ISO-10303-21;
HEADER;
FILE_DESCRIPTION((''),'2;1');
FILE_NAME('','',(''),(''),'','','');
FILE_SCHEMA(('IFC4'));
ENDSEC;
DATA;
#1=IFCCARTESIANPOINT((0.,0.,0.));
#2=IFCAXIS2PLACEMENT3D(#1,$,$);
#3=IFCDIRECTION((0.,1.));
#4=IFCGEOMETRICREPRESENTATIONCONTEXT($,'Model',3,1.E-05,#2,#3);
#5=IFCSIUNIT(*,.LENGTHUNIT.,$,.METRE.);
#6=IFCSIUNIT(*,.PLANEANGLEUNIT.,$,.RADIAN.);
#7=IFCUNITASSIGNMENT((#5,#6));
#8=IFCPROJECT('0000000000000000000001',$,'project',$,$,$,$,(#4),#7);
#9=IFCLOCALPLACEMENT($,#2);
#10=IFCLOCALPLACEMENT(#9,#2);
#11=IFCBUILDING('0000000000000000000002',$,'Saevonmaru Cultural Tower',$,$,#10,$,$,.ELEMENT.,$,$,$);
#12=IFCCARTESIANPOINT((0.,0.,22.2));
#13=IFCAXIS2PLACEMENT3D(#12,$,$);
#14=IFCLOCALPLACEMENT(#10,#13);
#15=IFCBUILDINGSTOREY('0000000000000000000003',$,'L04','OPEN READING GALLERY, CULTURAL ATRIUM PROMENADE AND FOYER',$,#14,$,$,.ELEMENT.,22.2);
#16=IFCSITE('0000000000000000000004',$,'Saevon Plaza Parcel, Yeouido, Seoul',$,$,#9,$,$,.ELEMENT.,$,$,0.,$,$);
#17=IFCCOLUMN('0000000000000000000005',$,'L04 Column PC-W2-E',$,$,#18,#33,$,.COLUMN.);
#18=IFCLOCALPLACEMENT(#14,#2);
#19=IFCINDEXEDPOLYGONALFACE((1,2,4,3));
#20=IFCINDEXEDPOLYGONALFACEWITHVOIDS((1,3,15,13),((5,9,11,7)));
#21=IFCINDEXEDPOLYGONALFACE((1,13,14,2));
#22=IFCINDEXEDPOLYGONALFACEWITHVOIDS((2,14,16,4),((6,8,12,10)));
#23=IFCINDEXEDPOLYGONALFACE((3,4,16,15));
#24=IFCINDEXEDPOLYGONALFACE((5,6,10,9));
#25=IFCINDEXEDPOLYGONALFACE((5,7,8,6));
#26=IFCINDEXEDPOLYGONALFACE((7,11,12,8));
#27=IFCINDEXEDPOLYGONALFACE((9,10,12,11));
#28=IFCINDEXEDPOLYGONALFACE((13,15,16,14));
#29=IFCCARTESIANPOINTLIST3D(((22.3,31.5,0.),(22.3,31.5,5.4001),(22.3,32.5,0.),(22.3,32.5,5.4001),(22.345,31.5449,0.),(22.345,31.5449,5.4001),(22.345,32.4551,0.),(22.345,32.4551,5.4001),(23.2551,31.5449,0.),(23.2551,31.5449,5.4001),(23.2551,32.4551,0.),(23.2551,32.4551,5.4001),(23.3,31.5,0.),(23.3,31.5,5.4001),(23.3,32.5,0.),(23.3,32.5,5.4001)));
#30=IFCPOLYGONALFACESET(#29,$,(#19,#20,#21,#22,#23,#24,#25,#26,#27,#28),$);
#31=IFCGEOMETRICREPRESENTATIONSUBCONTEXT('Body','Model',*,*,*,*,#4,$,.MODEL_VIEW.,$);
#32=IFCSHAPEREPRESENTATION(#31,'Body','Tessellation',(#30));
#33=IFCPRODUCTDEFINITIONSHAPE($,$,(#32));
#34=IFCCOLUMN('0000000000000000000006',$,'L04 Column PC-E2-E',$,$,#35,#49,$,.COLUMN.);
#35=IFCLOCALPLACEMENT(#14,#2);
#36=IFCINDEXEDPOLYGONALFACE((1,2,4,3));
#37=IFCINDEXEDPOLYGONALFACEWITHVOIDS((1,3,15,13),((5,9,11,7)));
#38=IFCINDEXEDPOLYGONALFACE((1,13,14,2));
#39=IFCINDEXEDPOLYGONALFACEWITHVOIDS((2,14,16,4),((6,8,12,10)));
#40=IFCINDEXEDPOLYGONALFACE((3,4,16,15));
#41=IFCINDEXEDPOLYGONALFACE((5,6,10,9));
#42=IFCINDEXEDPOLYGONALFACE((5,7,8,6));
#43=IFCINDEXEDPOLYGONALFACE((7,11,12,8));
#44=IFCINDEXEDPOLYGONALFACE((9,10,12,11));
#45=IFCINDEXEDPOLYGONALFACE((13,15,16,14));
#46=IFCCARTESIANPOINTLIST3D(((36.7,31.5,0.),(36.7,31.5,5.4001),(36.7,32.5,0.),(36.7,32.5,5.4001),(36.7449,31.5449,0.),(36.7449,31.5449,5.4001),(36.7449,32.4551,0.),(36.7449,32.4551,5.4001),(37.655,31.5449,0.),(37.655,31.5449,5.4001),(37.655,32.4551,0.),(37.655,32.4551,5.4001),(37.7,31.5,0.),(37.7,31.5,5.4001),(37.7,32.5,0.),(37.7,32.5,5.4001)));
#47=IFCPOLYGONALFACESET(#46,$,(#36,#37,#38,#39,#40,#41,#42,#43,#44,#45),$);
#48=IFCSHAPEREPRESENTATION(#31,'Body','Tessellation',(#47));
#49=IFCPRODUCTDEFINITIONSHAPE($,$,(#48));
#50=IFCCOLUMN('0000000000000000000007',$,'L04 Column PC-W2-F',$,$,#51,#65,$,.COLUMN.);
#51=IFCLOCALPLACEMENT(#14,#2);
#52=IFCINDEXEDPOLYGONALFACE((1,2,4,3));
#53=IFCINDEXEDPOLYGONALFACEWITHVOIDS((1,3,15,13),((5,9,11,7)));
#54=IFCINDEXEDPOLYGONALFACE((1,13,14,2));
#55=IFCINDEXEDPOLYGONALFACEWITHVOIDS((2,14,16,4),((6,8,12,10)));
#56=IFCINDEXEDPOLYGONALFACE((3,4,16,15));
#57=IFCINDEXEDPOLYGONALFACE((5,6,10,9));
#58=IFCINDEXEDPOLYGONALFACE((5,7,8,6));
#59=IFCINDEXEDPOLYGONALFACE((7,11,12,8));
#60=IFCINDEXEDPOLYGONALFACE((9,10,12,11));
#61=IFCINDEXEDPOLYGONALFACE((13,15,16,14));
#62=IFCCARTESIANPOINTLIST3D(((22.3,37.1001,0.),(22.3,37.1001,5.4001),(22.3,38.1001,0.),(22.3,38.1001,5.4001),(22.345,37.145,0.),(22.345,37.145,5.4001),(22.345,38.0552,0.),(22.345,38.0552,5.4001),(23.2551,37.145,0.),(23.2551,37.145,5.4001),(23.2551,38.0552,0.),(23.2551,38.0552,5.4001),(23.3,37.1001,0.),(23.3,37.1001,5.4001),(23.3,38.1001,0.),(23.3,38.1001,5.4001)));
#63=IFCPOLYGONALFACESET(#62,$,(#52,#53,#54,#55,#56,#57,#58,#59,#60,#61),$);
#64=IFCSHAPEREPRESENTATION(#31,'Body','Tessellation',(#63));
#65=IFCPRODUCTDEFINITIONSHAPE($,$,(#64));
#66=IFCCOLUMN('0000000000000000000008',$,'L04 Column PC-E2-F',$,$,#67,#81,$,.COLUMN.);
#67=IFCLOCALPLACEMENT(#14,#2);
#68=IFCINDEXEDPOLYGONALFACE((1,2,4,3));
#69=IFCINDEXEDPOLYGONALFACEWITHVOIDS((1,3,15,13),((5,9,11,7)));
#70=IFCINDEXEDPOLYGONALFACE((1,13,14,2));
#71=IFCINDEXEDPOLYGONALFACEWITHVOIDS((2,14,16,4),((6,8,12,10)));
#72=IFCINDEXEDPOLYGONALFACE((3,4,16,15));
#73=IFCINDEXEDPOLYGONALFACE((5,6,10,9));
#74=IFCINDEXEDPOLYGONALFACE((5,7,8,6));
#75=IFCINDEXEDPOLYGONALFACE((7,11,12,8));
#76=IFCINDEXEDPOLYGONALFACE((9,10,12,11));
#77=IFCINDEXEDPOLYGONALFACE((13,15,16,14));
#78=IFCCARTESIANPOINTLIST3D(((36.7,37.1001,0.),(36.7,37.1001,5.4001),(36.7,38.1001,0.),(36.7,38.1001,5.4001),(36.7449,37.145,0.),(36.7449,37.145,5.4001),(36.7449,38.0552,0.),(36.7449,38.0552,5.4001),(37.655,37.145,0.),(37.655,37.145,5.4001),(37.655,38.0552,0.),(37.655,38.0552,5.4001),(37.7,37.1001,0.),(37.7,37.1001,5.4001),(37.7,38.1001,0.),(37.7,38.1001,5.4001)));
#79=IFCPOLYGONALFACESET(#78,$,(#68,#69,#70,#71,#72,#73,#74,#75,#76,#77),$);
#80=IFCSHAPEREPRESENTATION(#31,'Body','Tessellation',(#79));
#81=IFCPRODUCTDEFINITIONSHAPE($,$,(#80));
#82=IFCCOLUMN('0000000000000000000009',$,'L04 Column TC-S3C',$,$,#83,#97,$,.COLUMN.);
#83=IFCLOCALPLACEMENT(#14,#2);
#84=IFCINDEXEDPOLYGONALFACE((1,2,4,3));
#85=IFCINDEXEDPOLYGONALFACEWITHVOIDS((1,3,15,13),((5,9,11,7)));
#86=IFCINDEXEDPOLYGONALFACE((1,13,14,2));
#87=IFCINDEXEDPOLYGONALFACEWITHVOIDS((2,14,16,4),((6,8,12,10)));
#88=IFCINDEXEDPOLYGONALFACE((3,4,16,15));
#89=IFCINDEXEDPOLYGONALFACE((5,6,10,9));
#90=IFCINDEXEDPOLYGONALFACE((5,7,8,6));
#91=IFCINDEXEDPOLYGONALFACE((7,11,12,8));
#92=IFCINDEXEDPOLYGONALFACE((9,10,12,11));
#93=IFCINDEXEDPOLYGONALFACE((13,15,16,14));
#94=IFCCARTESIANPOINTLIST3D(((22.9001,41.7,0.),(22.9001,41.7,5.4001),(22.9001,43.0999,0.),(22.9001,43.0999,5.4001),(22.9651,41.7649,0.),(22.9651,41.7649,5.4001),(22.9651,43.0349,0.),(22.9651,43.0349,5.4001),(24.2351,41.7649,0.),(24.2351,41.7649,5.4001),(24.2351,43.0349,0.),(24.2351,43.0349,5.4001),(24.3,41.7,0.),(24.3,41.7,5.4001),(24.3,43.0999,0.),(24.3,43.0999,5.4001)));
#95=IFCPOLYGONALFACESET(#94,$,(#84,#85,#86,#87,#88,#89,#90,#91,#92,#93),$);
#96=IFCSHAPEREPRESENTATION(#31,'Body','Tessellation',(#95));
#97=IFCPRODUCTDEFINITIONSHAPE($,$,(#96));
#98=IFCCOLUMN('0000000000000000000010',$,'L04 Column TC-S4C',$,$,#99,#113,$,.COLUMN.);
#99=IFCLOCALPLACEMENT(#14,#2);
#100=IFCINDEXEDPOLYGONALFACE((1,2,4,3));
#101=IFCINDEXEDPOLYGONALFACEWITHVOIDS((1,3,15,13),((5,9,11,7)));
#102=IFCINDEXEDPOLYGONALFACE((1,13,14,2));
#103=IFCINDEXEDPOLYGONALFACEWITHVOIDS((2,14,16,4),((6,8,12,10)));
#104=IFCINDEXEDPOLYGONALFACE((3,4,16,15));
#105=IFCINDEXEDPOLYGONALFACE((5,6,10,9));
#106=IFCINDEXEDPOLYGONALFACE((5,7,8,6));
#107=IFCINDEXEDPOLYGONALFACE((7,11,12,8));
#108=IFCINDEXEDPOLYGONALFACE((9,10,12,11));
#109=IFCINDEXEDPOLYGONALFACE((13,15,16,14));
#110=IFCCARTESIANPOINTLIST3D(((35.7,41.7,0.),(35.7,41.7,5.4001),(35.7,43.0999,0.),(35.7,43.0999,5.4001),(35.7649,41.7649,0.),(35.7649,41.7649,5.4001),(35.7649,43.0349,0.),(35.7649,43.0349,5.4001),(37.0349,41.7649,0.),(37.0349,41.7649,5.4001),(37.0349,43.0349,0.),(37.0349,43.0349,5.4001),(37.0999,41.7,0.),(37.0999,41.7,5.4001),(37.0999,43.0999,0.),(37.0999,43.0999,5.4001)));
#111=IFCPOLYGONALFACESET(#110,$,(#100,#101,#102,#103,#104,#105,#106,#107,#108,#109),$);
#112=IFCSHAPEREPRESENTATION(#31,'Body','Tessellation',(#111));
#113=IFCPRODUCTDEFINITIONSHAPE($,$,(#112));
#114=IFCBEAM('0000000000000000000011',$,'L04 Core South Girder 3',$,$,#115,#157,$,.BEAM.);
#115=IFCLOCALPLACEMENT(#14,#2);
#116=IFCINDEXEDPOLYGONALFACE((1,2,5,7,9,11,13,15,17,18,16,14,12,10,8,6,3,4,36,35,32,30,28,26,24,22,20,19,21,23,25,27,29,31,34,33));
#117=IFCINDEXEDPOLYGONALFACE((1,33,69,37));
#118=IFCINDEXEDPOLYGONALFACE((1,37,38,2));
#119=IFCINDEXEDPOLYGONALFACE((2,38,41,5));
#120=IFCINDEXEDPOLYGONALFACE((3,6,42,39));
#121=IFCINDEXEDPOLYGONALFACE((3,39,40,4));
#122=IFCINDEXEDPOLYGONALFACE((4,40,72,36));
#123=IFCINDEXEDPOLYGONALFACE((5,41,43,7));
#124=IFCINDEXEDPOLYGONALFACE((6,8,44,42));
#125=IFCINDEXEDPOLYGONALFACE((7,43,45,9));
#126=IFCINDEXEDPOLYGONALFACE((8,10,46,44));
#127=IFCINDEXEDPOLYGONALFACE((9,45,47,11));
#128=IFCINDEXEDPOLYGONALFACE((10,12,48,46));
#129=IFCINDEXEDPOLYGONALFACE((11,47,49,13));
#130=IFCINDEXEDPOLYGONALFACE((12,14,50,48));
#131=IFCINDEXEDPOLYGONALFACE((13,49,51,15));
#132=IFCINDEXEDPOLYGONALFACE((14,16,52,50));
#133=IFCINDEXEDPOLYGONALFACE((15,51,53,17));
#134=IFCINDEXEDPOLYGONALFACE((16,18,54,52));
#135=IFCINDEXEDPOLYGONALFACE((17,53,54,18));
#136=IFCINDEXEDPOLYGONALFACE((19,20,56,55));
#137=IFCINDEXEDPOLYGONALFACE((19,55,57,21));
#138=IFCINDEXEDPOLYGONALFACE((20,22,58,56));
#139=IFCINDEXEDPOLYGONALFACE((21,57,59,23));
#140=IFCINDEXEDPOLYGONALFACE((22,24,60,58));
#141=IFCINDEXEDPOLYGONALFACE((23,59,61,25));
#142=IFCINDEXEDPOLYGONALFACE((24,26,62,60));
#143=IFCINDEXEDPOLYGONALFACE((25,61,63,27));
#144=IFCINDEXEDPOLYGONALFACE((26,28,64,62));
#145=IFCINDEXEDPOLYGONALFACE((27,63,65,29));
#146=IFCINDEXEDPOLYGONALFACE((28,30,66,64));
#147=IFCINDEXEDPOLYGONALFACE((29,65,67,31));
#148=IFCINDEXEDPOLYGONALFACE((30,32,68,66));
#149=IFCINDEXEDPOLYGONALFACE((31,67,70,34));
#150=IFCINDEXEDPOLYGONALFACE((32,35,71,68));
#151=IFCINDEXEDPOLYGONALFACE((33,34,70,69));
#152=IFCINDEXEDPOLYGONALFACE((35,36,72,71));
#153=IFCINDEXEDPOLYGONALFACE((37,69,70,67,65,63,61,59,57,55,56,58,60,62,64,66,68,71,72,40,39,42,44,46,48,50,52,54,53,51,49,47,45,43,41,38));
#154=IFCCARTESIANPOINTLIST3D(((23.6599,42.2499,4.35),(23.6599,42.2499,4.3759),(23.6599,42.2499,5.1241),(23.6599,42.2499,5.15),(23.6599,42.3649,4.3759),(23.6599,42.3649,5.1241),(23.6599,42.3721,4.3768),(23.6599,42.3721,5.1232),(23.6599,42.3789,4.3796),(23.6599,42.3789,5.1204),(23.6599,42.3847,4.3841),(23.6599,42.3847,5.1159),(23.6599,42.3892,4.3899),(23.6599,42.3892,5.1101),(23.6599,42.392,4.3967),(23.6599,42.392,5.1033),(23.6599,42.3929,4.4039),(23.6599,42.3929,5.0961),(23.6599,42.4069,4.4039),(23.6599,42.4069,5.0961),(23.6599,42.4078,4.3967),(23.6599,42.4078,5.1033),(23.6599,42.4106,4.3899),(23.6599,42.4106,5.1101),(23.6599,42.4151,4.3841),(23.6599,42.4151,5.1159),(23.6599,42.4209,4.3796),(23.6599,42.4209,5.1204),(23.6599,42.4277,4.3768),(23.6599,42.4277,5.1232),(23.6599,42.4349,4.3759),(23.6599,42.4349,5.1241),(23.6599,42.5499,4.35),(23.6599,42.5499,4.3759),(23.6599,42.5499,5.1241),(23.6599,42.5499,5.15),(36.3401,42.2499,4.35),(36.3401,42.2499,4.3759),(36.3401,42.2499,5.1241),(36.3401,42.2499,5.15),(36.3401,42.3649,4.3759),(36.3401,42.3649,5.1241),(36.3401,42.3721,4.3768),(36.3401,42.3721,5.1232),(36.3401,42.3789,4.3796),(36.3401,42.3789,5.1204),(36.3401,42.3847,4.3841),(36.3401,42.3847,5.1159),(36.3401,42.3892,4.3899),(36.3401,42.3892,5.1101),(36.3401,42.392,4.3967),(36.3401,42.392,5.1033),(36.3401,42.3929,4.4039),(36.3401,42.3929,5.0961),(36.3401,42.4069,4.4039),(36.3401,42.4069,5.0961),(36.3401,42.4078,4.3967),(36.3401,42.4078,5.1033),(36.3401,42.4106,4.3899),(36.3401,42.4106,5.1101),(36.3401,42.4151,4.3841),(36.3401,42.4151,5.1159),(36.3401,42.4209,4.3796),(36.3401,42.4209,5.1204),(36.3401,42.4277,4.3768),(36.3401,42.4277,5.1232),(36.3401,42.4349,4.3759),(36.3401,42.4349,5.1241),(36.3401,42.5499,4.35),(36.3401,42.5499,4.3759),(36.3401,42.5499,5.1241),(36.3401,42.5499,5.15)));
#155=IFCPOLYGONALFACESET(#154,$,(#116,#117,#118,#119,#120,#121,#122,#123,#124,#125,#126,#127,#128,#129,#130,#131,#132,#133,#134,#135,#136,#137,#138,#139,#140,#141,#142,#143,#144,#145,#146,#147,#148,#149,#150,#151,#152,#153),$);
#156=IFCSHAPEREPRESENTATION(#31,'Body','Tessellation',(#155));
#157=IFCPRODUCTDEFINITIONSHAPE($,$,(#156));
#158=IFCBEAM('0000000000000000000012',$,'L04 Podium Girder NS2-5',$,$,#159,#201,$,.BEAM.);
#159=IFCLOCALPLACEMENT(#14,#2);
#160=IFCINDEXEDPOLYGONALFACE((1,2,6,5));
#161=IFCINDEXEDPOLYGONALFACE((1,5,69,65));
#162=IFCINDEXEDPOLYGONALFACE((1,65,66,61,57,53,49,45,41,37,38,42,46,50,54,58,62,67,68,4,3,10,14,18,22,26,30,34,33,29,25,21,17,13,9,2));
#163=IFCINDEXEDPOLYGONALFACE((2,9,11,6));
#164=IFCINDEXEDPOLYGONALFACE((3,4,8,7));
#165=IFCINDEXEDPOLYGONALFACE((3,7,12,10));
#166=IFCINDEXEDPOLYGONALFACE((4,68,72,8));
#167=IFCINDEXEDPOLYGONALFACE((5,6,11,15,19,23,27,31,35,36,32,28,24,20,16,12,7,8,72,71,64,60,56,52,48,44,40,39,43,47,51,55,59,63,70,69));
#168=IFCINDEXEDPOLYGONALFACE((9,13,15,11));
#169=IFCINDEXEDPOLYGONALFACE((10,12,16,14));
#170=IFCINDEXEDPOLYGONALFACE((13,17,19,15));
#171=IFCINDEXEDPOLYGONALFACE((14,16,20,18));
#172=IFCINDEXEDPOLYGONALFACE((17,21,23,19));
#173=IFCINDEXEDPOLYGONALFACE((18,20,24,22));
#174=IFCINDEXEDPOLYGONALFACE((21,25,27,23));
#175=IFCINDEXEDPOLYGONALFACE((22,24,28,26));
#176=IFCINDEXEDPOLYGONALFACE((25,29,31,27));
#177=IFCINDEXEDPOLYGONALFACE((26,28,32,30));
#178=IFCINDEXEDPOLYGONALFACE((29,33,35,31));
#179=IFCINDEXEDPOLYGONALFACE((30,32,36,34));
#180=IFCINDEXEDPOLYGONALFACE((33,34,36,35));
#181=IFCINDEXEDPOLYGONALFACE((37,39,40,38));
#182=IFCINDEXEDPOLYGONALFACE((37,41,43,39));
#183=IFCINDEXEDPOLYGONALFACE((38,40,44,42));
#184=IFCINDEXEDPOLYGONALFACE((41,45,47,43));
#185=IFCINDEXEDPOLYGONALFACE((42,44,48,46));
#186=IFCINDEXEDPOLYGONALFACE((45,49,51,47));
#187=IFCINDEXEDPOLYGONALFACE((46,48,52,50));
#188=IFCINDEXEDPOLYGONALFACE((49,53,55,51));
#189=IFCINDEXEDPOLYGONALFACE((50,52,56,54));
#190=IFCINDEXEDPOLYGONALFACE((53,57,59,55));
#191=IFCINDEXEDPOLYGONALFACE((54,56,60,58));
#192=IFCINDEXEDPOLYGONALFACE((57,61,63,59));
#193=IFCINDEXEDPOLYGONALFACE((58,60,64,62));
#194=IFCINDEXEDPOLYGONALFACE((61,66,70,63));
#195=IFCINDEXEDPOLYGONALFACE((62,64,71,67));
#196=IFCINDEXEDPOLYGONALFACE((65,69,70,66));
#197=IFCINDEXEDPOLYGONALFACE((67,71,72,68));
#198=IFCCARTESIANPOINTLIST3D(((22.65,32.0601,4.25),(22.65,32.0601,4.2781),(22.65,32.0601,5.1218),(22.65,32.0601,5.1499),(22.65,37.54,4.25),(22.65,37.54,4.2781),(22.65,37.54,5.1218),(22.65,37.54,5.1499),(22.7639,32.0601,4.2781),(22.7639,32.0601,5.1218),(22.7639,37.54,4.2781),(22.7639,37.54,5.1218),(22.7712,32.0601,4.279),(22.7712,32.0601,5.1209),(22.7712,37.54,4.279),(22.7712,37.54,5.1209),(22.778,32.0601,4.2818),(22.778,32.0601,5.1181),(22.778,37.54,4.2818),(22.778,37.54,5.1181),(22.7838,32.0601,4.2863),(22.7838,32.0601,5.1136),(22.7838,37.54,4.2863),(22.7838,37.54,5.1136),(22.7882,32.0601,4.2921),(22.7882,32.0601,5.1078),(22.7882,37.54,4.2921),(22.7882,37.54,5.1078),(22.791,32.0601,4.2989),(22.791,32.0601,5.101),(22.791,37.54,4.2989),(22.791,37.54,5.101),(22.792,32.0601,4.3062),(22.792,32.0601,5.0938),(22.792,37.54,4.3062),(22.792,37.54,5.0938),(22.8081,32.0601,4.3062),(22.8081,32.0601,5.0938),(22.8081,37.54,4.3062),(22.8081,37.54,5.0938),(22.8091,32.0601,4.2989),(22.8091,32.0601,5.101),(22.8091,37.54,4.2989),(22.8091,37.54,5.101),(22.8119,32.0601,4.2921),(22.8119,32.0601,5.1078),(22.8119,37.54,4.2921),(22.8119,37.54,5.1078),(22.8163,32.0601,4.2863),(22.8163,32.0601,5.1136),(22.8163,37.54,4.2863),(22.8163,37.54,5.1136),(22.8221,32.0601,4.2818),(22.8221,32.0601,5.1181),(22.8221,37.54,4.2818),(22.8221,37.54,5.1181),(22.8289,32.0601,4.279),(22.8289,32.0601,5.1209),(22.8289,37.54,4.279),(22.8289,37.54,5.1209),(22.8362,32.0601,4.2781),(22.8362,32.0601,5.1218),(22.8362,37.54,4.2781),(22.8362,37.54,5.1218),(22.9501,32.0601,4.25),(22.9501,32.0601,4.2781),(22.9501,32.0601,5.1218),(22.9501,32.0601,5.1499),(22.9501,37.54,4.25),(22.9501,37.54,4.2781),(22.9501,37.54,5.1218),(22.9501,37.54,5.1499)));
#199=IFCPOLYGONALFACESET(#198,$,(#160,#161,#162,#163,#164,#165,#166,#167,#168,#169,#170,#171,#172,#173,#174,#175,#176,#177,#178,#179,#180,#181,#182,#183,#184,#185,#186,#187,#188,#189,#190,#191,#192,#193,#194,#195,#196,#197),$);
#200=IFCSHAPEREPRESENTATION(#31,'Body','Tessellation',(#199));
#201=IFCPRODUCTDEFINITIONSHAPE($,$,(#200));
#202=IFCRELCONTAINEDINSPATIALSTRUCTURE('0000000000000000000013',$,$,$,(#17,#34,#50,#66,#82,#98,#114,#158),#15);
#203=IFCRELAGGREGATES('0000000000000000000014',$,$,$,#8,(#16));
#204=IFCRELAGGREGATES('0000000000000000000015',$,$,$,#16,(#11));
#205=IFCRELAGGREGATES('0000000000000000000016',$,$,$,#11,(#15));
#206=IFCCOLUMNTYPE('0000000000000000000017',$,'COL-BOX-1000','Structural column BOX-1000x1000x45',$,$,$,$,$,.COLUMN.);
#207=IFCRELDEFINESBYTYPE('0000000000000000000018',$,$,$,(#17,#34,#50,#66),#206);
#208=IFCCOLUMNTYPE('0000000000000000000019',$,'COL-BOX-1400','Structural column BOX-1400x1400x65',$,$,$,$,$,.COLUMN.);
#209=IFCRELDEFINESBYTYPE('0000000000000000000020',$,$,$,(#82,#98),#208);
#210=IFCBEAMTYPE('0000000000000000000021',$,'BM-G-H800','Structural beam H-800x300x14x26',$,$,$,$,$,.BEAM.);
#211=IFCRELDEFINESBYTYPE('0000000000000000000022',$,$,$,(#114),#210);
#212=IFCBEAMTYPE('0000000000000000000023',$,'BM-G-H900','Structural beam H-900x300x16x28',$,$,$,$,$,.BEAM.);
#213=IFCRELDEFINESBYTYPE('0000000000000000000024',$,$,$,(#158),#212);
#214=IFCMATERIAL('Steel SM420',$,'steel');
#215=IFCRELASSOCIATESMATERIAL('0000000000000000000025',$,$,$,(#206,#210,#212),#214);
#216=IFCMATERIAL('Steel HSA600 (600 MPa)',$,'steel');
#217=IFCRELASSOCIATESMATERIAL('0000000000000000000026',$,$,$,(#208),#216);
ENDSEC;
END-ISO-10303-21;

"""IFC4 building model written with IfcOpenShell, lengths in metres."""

from ifc_helpers import new_model, si_unit, direction, frame, origin, origin_2d, place, context, subcontext, project, spatial, hollow_rectangle, i_section, extrude, material, material_profile, profile_set, type_object, element, save


model = new_model("IFC4")

# Units and contexts
model_context = context("Model", 3, precision=1e-05, world=origin(), true_north=direction((0.0, 1.0)))
body_context = subcontext(model_context, "Body", "Model", "MODEL_VIEW")
ifc_project = project(units=[si_unit("LENGTHUNIT", "METRE"), si_unit("PLANEANGLEUNIT", "RADIAN")], contexts=[model_context])

# Site, building, storey
site_placement = place(None, origin())
site = spatial("IfcSite", under=ifc_project, at=site_placement, Name="Saevon Plaza Parcel, Yeouido, Seoul", CompositionType="ELEMENT", RefElevation=0.0)
building_placement = place(site_placement, origin())
building = spatial("IfcBuilding", under=site, at=building_placement, Name="Saevonmaru Cultural Tower", CompositionType="ELEMENT")
storey_placement = place(building_placement, frame((0.0, 0.0, 22.2)))
storey = spatial("IfcBuildingStorey", under=building, at=storey_placement, Name="L04", Description="OPEN READING GALLERY, CULTURAL ATRIUM PROMENADE AND FOYER", CompositionType="ELEMENT", Elevation=22.2)

# Columns
ifc_material_1 = material(Name="Steel SM420", Category="steel")
ifc_material_profile_1 = material_profile(ifc_material_1, hollow_rectangle(XDim=1.0, YDim=1.0, WallThickness=0.0449, at=origin_2d()), Name="BOX-1000x1000x45")
ifc_profile_set_1 = profile_set([ifc_material_profile_1], Name="Steel SM420")
column_type_1 = type_object("IfcColumnType", Name="COL-BOX-1000", Description="Structural column BOX-1000x1000x45", PredefinedType="COLUMN", material=ifc_profile_set_1)
for number, where, z_axis, x_axis, name in (
    (1, (22.8, 32.0, 0.0), (0.0, 0.0, 1.0), (1.0, 0.0, 0.0), "L04 Column PC-W2-E"),
    (2, (37.2, 32.0, 0.0), (0.0, 0.0, 1.0), (1.0, 0.0, 0.0), "L04 Column PC-E2-E"),
    (3, (22.8, 37.6001, 0.0), (0.0, 0.0, 1.0), (1.0, 0.0, 0.0), "L04 Column PC-W2-F"),
    (4, (37.2, 37.6001, 0.0), (0.0, 0.0, 1.0), (1.0, 0.0, 0.0), "L04 Column PC-E2-F"),
):
    element("IfcColumn", number, at=place(storey_placement, frame(where, z_axis=z_axis, x_axis=x_axis)), inside=storey, type_object=column_type_1, Name=name, PredefinedType="COLUMN", context=body_context, shape_type="SweptSolid", body=[
        extrude(hollow_rectangle(XDim=1.0, YDim=1.0, WallThickness=0.0449, at=origin_2d()), origin(), (0.0, 0.0, 1.0), 5.4001),
    ])
ifc_material_2 = material(Name="Steel HSA600 (600 MPa)", Category="steel")
ifc_material_profile_2 = material_profile(ifc_material_2, hollow_rectangle(XDim=1.3999, YDim=1.3999, WallThickness=0.0649, at=origin_2d()), Name="BOX-1400x1400x65")
ifc_profile_set_2 = profile_set([ifc_material_profile_2], Name="Steel HSA600 (600 MPa)")
column_type_2 = type_object("IfcColumnType", Name="COL-BOX-1400", Description="Structural column BOX-1400x1400x65", PredefinedType="COLUMN", material=ifc_profile_set_2)
for number, where, z_axis, x_axis, name in (
    (5, (23.6001, 42.3999, 0.0), (0.0, 0.0, 1.0), (1.0, 0.0, 0.0), "L04 Column TC-S3C"),
    (6, (36.3999, 42.3999, 0.0), (0.0, 0.0, 1.0), (1.0, 0.0, 0.0), "L04 Column TC-S4C"),
):
    element("IfcColumn", number, at=place(storey_placement, frame(where, z_axis=z_axis, x_axis=x_axis)), inside=storey, type_object=column_type_2, Name=name, PredefinedType="COLUMN", context=body_context, shape_type="SweptSolid", body=[
        extrude(hollow_rectangle(XDim=1.3999, YDim=1.3999, WallThickness=0.0649, at=origin_2d()), origin(), (0.0, 0.0, 1.0), 5.4001),
    ])

# Beams
ifc_material_profile_3 = material_profile(ifc_material_1, i_section(OverallWidth=0.3, OverallDepth=0.8, WebThickness=0.0139, FlangeThickness=0.0259, FilletRadius=0.0281, at=origin_2d()), Name="H-800x300x14x26")
ifc_profile_set_3 = profile_set([ifc_material_profile_3], Name="Steel SM420")
beam_type_1 = type_object("IfcBeamType", Name="BM-G-H800", Description="Structural beam H-800x300x14x26", PredefinedType="BEAM", material=ifc_profile_set_3)
beam_1_placement = place(storey_placement, frame((23.6599, 42.3999, 4.75), z_axis=(1.0, 0.0, 0.0), x_axis=(0.0, 1.0, 0.0)))
element("IfcBeam", 7, at=beam_1_placement, inside=storey, type_object=beam_type_1, Name="L04 Core South Girder 3", PredefinedType="BEAM", context=body_context, shape_type="SweptSolid", body=[
    extrude(i_section(OverallWidth=0.3, OverallDepth=0.8, WebThickness=0.0139, FlangeThickness=0.0259, FilletRadius=0.0281, at=origin_2d()), origin(), (0.0, 0.0, 1.0), 12.6802),
])
ifc_material_profile_4 = material_profile(ifc_material_1, i_section(OverallWidth=0.3, OverallDepth=0.8999, WebThickness=0.0161, FlangeThickness=0.0281, FilletRadius=0.0281, at=origin_2d()), Name="H-900x300x16x28")
ifc_profile_set_4 = profile_set([ifc_material_profile_4], Name="Steel SM420")
beam_type_2 = type_object("IfcBeamType", Name="BM-G-H900", Description="Structural beam H-900x300x16x28", PredefinedType="BEAM", material=ifc_profile_set_4)
beam_2_placement = place(storey_placement, frame((22.8, 32.0601, 4.7), z_axis=(0.0, 1.0, 0.0), x_axis=(-1.0, 0.0, 0.0)))
element("IfcBeam", 8, at=beam_2_placement, inside=storey, type_object=beam_type_2, Name="L04 Podium Girder NS2-5", PredefinedType="BEAM", context=body_context, shape_type="SweptSolid", body=[
    extrude(i_section(OverallWidth=0.3, OverallDepth=0.8999, WebThickness=0.0161, FlangeThickness=0.0281, FilletRadius=0.0281, at=origin_2d()), origin(), (0.0, 0.0, 1.0), 5.48),
])

save(model, "model.ifc")
